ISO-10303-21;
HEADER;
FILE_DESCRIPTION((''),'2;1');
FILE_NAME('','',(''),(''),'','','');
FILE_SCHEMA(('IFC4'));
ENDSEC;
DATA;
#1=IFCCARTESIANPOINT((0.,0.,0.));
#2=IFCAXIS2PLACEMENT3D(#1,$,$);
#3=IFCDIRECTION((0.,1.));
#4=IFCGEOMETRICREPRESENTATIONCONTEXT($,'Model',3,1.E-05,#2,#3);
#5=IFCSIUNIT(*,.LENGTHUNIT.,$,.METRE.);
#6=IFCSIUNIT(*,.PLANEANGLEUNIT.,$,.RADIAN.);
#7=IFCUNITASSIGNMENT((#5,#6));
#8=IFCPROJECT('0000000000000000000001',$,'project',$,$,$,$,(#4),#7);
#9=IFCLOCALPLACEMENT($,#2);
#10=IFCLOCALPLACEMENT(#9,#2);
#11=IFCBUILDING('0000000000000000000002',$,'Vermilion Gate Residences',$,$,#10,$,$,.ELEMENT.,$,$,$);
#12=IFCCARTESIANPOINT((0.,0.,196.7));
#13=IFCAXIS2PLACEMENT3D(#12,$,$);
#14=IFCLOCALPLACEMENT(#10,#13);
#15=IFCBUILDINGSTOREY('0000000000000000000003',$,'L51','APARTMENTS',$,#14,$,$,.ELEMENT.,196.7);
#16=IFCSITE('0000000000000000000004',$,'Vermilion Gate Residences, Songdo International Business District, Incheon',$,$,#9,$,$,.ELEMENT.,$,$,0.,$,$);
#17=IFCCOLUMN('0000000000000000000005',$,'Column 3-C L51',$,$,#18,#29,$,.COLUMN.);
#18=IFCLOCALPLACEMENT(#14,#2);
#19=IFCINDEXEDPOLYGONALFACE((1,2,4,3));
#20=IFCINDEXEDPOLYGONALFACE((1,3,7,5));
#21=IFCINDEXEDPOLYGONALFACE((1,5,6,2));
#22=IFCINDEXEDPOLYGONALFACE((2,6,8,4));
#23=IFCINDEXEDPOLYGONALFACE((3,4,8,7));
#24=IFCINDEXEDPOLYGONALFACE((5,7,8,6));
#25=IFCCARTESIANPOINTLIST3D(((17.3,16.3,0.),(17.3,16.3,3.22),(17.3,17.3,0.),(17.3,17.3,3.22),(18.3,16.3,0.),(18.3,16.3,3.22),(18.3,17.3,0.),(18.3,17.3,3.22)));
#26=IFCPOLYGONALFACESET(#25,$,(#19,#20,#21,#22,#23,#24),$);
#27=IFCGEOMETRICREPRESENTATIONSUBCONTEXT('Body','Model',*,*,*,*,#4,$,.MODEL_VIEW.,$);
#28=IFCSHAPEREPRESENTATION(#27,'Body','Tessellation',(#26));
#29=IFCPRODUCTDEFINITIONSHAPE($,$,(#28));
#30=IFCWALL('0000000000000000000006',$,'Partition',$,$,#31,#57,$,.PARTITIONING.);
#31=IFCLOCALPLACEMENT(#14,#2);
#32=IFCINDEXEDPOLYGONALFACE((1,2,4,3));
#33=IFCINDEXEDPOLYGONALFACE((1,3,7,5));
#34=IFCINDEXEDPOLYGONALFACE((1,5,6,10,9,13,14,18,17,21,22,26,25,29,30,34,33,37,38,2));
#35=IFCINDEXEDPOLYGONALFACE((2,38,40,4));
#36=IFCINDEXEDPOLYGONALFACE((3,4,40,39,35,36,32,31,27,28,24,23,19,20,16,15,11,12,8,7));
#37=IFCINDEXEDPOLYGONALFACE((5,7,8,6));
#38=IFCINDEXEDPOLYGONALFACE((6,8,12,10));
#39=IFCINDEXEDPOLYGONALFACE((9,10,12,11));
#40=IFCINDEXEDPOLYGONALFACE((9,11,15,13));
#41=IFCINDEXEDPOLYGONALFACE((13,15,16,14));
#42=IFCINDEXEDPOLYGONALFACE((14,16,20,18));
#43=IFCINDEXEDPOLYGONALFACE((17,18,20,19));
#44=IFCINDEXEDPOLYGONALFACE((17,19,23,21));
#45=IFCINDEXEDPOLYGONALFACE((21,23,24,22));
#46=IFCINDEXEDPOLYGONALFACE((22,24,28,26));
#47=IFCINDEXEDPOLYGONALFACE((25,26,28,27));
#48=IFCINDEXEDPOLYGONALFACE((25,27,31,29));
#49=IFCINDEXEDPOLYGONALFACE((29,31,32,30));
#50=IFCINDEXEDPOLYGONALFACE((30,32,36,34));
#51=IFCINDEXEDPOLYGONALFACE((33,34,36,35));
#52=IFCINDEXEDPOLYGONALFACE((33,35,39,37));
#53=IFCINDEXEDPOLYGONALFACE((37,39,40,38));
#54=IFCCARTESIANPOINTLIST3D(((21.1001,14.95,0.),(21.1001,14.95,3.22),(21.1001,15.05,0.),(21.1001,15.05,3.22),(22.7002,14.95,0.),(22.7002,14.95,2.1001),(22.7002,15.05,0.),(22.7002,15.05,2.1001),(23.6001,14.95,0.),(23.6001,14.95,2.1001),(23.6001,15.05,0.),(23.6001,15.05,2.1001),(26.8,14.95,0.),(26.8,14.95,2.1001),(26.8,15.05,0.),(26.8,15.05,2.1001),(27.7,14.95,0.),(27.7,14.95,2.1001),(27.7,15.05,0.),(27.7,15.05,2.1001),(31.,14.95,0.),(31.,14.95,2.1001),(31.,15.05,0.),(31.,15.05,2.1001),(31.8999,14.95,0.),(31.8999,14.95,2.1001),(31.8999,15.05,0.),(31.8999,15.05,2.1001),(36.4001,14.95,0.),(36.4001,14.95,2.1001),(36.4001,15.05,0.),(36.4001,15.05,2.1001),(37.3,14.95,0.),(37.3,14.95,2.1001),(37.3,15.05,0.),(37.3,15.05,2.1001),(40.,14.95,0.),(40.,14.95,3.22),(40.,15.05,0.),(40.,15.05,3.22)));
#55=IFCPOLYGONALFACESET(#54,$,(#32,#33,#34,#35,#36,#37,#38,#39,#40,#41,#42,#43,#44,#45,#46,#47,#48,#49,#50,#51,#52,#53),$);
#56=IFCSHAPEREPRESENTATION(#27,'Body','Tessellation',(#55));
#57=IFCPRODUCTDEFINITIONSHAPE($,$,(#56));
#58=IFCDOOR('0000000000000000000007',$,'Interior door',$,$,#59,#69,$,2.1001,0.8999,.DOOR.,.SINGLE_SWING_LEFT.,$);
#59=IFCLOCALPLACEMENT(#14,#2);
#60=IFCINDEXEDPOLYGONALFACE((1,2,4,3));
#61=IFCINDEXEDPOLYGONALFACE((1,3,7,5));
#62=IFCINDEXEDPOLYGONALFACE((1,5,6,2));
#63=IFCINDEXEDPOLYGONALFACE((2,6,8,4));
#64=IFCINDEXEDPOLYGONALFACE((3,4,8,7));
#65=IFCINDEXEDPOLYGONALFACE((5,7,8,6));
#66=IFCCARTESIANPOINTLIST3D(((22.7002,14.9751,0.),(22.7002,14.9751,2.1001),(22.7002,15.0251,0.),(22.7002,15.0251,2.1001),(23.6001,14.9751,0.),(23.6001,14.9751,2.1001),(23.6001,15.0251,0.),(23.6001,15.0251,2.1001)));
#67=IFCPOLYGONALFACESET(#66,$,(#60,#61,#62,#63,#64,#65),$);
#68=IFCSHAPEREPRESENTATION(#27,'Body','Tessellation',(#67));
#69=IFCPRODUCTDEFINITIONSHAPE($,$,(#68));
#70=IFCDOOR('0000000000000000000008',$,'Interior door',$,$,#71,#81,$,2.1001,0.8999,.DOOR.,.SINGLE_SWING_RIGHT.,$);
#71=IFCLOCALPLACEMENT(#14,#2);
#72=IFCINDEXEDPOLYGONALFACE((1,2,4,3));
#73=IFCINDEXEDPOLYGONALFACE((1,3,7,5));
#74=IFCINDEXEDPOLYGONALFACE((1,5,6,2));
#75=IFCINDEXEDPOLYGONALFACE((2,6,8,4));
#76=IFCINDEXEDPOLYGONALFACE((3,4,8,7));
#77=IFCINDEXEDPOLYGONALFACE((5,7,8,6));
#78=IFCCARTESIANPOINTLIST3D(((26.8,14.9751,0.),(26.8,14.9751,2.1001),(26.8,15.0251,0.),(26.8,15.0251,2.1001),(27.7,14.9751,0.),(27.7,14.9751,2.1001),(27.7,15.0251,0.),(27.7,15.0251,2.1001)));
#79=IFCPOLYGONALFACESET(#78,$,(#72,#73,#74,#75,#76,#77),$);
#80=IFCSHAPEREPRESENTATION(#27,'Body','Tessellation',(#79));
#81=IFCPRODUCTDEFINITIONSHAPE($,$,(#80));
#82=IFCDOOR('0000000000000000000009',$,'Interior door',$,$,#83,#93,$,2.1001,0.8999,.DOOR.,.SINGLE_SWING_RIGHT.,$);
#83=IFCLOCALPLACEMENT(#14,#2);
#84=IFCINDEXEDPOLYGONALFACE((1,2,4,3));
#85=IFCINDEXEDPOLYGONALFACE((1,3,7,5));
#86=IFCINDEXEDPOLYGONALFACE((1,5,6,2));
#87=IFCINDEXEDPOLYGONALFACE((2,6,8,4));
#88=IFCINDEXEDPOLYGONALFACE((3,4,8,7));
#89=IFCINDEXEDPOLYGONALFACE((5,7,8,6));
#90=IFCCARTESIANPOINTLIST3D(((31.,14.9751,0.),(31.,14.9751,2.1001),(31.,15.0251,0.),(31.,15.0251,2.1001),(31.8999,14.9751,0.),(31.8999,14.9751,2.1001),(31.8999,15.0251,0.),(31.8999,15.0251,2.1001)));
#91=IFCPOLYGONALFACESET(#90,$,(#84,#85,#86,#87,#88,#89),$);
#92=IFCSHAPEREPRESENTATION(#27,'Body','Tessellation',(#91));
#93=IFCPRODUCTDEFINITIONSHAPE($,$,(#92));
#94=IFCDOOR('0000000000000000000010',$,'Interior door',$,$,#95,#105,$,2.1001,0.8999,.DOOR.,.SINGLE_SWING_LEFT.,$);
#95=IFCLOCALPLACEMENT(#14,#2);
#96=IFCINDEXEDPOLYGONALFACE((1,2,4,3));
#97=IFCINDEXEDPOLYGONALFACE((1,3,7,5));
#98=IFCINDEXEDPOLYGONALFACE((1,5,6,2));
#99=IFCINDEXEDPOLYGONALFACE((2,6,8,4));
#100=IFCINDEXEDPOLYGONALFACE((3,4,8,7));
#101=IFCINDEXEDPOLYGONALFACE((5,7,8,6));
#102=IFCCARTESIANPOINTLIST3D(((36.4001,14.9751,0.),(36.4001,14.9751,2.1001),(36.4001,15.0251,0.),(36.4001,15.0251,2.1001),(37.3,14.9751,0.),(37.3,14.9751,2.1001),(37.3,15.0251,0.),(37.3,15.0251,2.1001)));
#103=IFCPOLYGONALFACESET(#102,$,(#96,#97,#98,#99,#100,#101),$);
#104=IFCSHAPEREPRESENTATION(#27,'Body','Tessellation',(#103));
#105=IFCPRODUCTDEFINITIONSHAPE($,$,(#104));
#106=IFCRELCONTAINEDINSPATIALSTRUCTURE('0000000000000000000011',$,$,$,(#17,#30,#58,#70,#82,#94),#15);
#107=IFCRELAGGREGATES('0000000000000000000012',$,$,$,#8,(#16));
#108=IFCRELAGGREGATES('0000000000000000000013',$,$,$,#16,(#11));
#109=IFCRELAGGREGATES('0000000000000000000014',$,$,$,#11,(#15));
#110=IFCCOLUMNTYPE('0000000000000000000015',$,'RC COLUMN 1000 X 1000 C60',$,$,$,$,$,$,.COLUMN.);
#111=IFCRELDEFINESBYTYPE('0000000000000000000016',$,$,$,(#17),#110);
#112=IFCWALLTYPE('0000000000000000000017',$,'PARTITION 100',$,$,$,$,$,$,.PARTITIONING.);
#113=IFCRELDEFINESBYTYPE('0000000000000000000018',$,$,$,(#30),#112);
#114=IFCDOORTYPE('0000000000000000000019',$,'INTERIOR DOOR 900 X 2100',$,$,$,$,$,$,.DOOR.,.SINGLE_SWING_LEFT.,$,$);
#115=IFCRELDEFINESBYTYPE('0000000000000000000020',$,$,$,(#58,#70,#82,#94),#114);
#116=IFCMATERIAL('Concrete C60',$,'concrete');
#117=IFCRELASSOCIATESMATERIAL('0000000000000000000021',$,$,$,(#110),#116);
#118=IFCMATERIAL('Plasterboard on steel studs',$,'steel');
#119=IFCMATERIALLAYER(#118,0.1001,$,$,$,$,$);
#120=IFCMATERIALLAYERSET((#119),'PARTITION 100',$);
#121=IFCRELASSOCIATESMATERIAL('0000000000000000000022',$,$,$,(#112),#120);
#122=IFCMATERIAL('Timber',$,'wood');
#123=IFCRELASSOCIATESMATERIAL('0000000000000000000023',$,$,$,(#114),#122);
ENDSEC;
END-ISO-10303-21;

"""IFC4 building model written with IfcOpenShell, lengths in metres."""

from ifc_helpers import new_model, si_unit, direction, frame, frame_2d, origin, origin_2d, place, context, subcontext, project, spatial, rectangle, extrude, material, layer, layer_set, material_profile, profile_set, type_object, element, fill, save


model = new_model("IFC4")

# Units and contexts
model_context = context("Model", 3, precision=1e-05, world=origin(), true_north=direction((0.0, 1.0)))
body_context = subcontext(model_context, "Body", "Model", "MODEL_VIEW")
ifc_project = project(units=[si_unit("LENGTHUNIT", "METRE"), si_unit("PLANEANGLEUNIT", "RADIAN")], contexts=[model_context])

# Site, building, storey
site_placement = place(None, origin())
site = spatial("IfcSite", under=ifc_project, at=site_placement, Name="Vermilion Gate Residences, Songdo International Business District, Incheon", CompositionType="ELEMENT", RefElevation=0.0)
building_placement = place(site_placement, origin())
building = spatial("IfcBuilding", under=site, at=building_placement, Name="Vermilion Gate Residences", CompositionType="ELEMENT")
storey_placement = place(building_placement, frame((0.0, 0.0, 196.7)))
storey = spatial("IfcBuildingStorey", under=building, at=storey_placement, Name="L51", Description="APARTMENTS", CompositionType="ELEMENT", Elevation=196.7)

# Column
ifc_material_1 = material(Name="Concrete C60", Category="concrete")
ifc_material_profile = material_profile(ifc_material_1, rectangle(XDim=1.0, YDim=1.0, at=origin_2d()), Name="RC-1000x1000")
ifc_profile_set = profile_set([ifc_material_profile], Name="Concrete C60")
column_type = type_object("IfcColumnType", Name="RC COLUMN 1000 X 1000 C60", PredefinedType="COLUMN", material=ifc_profile_set)
column_placement = place(storey_placement, frame((17.8, 16.8, 0.0), z_axis=(0.0, 0.0, 1.0), x_axis=(1.0, 0.0, 0.0)))
element("IfcColumn", 1, at=column_placement, inside=storey, type_object=column_type, Name="Column 3-C L51", PredefinedType="COLUMN", context=body_context, shape_type="SweptSolid", body=[
    extrude(rectangle(XDim=1.0, YDim=1.0, at=origin_2d()), origin(), (0.0, 0.0, 1.0), 3.22),
])

# Wall, openings, doors
ifc_material_2 = material(Name="Plasterboard on steel studs", Category="steel")
ifc_layer_1 = layer(ifc_material_2, 0.1001)
ifc_layer_set_1 = layer_set([ifc_layer_1], Name="PARTITION 100")
wall_type_1 = type_object("IfcWallType", Name="PARTITION 100", PredefinedType="PARTITIONING", material=ifc_layer_set_1)
wall_1_placement = place(storey_placement, frame((21.1001, 15.0, 0.0), z_axis=(0.0, 0.0, 1.0), x_axis=(1.0, 0.0, 0.0)))
wall_1 = element("IfcWall", 2, at=wall_1_placement, inside=storey, type_object=wall_type_1, Name="Partition", PredefinedType="PARTITIONING", context=body_context, shape_type="SweptSolid", body=[
    extrude(rectangle(XDim=18.8999, YDim=0.1001, at=frame_2d((9.45, 0.0))), origin(), (0.0, 0.0, 1.0), 3.22),
])
opening_1_placement = place(wall_1_placement, frame((1.6001, 0.0, 0.0)))
opening_1 = element("IfcOpeningElement", 3, at=opening_1_placement, cuts=wall_1, PredefinedType="OPENING", context=body_context, shape_type="SweptSolid", body=[
    extrude(rectangle(XDim=0.8999, YDim=2.1001, at=frame_2d((0.45, 1.05))), frame((0.0, 0.0601, 0.0), z_axis=(0.0, -1.0, 0.0), x_axis=(1.0, 0.0, 0.0)), (0.0, 0.0, 1.0), 0.1201),
])
opening_2_placement = place(wall_1_placement, frame((5.7, 0.0, 0.0)))
opening_2 = element("IfcOpeningElement", 4, at=opening_2_placement, cuts=wall_1, PredefinedType="OPENING", context=body_context, shape_type="SweptSolid", body=[
    extrude(rectangle(XDim=0.8999, YDim=2.1001, at=frame_2d((0.45, 1.05))), frame((0.0, 0.0601, 0.0), z_axis=(0.0, -1.0, 0.0), x_axis=(1.0, 0.0, 0.0)), (0.0, 0.0, 1.0), 0.1201),
])
opening_3_placement = place(wall_1_placement, frame((9.8999, 0.0, 0.0)))
opening_3 = element("IfcOpeningElement", 5, at=opening_3_placement, cuts=wall_1, PredefinedType="OPENING", context=body_context, shape_type="SweptSolid", body=[
    extrude(rectangle(XDim=0.8999, YDim=2.1001, at=frame_2d((0.45, 1.05))), frame((0.0, 0.0601, 0.0), z_axis=(0.0, -1.0, 0.0), x_axis=(1.0, 0.0, 0.0)), (0.0, 0.0, 1.0), 0.1201),
])
opening_4_placement = place(wall_1_placement, frame((15.3, 0.0, 0.0)))
opening_4 = element("IfcOpeningElement", 6, at=opening_4_placement, cuts=wall_1, PredefinedType="OPENING", context=body_context, shape_type="SweptSolid", body=[
    extrude(rectangle(XDim=0.8999, YDim=2.1001, at=frame_2d((0.45, 1.05))), frame((0.0, 0.0601, 0.0), z_axis=(0.0, -1.0, 0.0), x_axis=(1.0, 0.0, 0.0)), (0.0, 0.0, 1.0), 0.1201),
])
ifc_material_3 = material(Name="Timber", Category="wood")
door_type_1 = type_object("IfcDoorType", Name="INTERIOR DOOR 900 X 2100", OperationType="SINGLE_SWING_LEFT", PredefinedType="DOOR", material=ifc_material_3)
door_1_placement = place(opening_1_placement, frame((0.8999, 0.0, 0.0), z_axis=(0.0, 0.0, 1.0), x_axis=(-1.0, 0.0, 0.0)))
door_1 = element("IfcDoor", 7, at=door_1_placement, inside=storey, type_object=door_type_1, Name="Interior door", OperationType="SINGLE_SWING_LEFT", OverallHeight=2.1001, OverallWidth=0.8999, PredefinedType="DOOR", context=body_context, shape_type="SweptSolid", body=[
    extrude(rectangle(XDim=0.8999, YDim=2.1001, at=frame_2d((0.45, 1.05))), frame((0.0, 0.0249, 0.0), z_axis=(0.0, -1.0, 0.0), x_axis=(1.0, 0.0, 0.0)), (0.0, 0.0, 1.0), 0.05),
])
fill(opening_1, door_1)
door_2_placement = place(opening_2_placement, frame((0.8999, 0.0, 0.0), z_axis=(0.0, 0.0, 1.0), x_axis=(-1.0, 0.0, 0.0)))
door_2 = element("IfcDoor", 8, at=door_2_placement, inside=storey, type_object=door_type_1, Name="Interior door", OperationType="SINGLE_SWING_RIGHT", OverallHeight=2.1001, OverallWidth=0.8999, PredefinedType="DOOR", context=body_context, shape_type="SweptSolid", body=[
    extrude(rectangle(XDim=0.8999, YDim=2.1001, at=frame_2d((0.45, 1.05))), frame((0.0, 0.0249, 0.0), z_axis=(0.0, -1.0, 0.0), x_axis=(1.0, 0.0, 0.0)), (0.0, 0.0, 1.0), 0.05),
])
fill(opening_2, door_2)
door_3_placement = place(opening_3_placement, frame((0.8999, 0.0, 0.0), z_axis=(0.0, 0.0, 1.0), x_axis=(-1.0, 0.0, 0.0)))
door_3 = element("IfcDoor", 9, at=door_3_placement, inside=storey, type_object=door_type_1, Name="Interior door", OperationType="SINGLE_SWING_RIGHT", OverallHeight=2.1001, OverallWidth=0.8999, PredefinedType="DOOR", context=body_context, shape_type="SweptSolid", body=[
    extrude(rectangle(XDim=0.8999, YDim=2.1001, at=frame_2d((0.45, 1.05))), frame((0.0, 0.0249, 0.0), z_axis=(0.0, -1.0, 0.0), x_axis=(1.0, 0.0, 0.0)), (0.0, 0.0, 1.0), 0.05),
])
fill(opening_3, door_3)
door_4_placement = place(opening_4_placement, frame((0.8999, 0.0, 0.0), z_axis=(0.0, 0.0, 1.0), x_axis=(-1.0, 0.0, 0.0)))
door_4 = element("IfcDoor", 10, at=door_4_placement, inside=storey, type_object=door_type_1, Name="Interior door", OperationType="SINGLE_SWING_LEFT", OverallHeight=2.1001, OverallWidth=0.8999, PredefinedType="DOOR", context=body_context, shape_type="SweptSolid", body=[
    extrude(rectangle(XDim=0.8999, YDim=2.1001, at=frame_2d((0.45, 1.05))), frame((0.0, 0.0249, 0.0), z_axis=(0.0, -1.0, 0.0), x_axis=(1.0, 0.0, 0.0)), (0.0, 0.0, 1.0), 0.05),
])
fill(opening_4, door_4)

save(model, "model.ifc")
